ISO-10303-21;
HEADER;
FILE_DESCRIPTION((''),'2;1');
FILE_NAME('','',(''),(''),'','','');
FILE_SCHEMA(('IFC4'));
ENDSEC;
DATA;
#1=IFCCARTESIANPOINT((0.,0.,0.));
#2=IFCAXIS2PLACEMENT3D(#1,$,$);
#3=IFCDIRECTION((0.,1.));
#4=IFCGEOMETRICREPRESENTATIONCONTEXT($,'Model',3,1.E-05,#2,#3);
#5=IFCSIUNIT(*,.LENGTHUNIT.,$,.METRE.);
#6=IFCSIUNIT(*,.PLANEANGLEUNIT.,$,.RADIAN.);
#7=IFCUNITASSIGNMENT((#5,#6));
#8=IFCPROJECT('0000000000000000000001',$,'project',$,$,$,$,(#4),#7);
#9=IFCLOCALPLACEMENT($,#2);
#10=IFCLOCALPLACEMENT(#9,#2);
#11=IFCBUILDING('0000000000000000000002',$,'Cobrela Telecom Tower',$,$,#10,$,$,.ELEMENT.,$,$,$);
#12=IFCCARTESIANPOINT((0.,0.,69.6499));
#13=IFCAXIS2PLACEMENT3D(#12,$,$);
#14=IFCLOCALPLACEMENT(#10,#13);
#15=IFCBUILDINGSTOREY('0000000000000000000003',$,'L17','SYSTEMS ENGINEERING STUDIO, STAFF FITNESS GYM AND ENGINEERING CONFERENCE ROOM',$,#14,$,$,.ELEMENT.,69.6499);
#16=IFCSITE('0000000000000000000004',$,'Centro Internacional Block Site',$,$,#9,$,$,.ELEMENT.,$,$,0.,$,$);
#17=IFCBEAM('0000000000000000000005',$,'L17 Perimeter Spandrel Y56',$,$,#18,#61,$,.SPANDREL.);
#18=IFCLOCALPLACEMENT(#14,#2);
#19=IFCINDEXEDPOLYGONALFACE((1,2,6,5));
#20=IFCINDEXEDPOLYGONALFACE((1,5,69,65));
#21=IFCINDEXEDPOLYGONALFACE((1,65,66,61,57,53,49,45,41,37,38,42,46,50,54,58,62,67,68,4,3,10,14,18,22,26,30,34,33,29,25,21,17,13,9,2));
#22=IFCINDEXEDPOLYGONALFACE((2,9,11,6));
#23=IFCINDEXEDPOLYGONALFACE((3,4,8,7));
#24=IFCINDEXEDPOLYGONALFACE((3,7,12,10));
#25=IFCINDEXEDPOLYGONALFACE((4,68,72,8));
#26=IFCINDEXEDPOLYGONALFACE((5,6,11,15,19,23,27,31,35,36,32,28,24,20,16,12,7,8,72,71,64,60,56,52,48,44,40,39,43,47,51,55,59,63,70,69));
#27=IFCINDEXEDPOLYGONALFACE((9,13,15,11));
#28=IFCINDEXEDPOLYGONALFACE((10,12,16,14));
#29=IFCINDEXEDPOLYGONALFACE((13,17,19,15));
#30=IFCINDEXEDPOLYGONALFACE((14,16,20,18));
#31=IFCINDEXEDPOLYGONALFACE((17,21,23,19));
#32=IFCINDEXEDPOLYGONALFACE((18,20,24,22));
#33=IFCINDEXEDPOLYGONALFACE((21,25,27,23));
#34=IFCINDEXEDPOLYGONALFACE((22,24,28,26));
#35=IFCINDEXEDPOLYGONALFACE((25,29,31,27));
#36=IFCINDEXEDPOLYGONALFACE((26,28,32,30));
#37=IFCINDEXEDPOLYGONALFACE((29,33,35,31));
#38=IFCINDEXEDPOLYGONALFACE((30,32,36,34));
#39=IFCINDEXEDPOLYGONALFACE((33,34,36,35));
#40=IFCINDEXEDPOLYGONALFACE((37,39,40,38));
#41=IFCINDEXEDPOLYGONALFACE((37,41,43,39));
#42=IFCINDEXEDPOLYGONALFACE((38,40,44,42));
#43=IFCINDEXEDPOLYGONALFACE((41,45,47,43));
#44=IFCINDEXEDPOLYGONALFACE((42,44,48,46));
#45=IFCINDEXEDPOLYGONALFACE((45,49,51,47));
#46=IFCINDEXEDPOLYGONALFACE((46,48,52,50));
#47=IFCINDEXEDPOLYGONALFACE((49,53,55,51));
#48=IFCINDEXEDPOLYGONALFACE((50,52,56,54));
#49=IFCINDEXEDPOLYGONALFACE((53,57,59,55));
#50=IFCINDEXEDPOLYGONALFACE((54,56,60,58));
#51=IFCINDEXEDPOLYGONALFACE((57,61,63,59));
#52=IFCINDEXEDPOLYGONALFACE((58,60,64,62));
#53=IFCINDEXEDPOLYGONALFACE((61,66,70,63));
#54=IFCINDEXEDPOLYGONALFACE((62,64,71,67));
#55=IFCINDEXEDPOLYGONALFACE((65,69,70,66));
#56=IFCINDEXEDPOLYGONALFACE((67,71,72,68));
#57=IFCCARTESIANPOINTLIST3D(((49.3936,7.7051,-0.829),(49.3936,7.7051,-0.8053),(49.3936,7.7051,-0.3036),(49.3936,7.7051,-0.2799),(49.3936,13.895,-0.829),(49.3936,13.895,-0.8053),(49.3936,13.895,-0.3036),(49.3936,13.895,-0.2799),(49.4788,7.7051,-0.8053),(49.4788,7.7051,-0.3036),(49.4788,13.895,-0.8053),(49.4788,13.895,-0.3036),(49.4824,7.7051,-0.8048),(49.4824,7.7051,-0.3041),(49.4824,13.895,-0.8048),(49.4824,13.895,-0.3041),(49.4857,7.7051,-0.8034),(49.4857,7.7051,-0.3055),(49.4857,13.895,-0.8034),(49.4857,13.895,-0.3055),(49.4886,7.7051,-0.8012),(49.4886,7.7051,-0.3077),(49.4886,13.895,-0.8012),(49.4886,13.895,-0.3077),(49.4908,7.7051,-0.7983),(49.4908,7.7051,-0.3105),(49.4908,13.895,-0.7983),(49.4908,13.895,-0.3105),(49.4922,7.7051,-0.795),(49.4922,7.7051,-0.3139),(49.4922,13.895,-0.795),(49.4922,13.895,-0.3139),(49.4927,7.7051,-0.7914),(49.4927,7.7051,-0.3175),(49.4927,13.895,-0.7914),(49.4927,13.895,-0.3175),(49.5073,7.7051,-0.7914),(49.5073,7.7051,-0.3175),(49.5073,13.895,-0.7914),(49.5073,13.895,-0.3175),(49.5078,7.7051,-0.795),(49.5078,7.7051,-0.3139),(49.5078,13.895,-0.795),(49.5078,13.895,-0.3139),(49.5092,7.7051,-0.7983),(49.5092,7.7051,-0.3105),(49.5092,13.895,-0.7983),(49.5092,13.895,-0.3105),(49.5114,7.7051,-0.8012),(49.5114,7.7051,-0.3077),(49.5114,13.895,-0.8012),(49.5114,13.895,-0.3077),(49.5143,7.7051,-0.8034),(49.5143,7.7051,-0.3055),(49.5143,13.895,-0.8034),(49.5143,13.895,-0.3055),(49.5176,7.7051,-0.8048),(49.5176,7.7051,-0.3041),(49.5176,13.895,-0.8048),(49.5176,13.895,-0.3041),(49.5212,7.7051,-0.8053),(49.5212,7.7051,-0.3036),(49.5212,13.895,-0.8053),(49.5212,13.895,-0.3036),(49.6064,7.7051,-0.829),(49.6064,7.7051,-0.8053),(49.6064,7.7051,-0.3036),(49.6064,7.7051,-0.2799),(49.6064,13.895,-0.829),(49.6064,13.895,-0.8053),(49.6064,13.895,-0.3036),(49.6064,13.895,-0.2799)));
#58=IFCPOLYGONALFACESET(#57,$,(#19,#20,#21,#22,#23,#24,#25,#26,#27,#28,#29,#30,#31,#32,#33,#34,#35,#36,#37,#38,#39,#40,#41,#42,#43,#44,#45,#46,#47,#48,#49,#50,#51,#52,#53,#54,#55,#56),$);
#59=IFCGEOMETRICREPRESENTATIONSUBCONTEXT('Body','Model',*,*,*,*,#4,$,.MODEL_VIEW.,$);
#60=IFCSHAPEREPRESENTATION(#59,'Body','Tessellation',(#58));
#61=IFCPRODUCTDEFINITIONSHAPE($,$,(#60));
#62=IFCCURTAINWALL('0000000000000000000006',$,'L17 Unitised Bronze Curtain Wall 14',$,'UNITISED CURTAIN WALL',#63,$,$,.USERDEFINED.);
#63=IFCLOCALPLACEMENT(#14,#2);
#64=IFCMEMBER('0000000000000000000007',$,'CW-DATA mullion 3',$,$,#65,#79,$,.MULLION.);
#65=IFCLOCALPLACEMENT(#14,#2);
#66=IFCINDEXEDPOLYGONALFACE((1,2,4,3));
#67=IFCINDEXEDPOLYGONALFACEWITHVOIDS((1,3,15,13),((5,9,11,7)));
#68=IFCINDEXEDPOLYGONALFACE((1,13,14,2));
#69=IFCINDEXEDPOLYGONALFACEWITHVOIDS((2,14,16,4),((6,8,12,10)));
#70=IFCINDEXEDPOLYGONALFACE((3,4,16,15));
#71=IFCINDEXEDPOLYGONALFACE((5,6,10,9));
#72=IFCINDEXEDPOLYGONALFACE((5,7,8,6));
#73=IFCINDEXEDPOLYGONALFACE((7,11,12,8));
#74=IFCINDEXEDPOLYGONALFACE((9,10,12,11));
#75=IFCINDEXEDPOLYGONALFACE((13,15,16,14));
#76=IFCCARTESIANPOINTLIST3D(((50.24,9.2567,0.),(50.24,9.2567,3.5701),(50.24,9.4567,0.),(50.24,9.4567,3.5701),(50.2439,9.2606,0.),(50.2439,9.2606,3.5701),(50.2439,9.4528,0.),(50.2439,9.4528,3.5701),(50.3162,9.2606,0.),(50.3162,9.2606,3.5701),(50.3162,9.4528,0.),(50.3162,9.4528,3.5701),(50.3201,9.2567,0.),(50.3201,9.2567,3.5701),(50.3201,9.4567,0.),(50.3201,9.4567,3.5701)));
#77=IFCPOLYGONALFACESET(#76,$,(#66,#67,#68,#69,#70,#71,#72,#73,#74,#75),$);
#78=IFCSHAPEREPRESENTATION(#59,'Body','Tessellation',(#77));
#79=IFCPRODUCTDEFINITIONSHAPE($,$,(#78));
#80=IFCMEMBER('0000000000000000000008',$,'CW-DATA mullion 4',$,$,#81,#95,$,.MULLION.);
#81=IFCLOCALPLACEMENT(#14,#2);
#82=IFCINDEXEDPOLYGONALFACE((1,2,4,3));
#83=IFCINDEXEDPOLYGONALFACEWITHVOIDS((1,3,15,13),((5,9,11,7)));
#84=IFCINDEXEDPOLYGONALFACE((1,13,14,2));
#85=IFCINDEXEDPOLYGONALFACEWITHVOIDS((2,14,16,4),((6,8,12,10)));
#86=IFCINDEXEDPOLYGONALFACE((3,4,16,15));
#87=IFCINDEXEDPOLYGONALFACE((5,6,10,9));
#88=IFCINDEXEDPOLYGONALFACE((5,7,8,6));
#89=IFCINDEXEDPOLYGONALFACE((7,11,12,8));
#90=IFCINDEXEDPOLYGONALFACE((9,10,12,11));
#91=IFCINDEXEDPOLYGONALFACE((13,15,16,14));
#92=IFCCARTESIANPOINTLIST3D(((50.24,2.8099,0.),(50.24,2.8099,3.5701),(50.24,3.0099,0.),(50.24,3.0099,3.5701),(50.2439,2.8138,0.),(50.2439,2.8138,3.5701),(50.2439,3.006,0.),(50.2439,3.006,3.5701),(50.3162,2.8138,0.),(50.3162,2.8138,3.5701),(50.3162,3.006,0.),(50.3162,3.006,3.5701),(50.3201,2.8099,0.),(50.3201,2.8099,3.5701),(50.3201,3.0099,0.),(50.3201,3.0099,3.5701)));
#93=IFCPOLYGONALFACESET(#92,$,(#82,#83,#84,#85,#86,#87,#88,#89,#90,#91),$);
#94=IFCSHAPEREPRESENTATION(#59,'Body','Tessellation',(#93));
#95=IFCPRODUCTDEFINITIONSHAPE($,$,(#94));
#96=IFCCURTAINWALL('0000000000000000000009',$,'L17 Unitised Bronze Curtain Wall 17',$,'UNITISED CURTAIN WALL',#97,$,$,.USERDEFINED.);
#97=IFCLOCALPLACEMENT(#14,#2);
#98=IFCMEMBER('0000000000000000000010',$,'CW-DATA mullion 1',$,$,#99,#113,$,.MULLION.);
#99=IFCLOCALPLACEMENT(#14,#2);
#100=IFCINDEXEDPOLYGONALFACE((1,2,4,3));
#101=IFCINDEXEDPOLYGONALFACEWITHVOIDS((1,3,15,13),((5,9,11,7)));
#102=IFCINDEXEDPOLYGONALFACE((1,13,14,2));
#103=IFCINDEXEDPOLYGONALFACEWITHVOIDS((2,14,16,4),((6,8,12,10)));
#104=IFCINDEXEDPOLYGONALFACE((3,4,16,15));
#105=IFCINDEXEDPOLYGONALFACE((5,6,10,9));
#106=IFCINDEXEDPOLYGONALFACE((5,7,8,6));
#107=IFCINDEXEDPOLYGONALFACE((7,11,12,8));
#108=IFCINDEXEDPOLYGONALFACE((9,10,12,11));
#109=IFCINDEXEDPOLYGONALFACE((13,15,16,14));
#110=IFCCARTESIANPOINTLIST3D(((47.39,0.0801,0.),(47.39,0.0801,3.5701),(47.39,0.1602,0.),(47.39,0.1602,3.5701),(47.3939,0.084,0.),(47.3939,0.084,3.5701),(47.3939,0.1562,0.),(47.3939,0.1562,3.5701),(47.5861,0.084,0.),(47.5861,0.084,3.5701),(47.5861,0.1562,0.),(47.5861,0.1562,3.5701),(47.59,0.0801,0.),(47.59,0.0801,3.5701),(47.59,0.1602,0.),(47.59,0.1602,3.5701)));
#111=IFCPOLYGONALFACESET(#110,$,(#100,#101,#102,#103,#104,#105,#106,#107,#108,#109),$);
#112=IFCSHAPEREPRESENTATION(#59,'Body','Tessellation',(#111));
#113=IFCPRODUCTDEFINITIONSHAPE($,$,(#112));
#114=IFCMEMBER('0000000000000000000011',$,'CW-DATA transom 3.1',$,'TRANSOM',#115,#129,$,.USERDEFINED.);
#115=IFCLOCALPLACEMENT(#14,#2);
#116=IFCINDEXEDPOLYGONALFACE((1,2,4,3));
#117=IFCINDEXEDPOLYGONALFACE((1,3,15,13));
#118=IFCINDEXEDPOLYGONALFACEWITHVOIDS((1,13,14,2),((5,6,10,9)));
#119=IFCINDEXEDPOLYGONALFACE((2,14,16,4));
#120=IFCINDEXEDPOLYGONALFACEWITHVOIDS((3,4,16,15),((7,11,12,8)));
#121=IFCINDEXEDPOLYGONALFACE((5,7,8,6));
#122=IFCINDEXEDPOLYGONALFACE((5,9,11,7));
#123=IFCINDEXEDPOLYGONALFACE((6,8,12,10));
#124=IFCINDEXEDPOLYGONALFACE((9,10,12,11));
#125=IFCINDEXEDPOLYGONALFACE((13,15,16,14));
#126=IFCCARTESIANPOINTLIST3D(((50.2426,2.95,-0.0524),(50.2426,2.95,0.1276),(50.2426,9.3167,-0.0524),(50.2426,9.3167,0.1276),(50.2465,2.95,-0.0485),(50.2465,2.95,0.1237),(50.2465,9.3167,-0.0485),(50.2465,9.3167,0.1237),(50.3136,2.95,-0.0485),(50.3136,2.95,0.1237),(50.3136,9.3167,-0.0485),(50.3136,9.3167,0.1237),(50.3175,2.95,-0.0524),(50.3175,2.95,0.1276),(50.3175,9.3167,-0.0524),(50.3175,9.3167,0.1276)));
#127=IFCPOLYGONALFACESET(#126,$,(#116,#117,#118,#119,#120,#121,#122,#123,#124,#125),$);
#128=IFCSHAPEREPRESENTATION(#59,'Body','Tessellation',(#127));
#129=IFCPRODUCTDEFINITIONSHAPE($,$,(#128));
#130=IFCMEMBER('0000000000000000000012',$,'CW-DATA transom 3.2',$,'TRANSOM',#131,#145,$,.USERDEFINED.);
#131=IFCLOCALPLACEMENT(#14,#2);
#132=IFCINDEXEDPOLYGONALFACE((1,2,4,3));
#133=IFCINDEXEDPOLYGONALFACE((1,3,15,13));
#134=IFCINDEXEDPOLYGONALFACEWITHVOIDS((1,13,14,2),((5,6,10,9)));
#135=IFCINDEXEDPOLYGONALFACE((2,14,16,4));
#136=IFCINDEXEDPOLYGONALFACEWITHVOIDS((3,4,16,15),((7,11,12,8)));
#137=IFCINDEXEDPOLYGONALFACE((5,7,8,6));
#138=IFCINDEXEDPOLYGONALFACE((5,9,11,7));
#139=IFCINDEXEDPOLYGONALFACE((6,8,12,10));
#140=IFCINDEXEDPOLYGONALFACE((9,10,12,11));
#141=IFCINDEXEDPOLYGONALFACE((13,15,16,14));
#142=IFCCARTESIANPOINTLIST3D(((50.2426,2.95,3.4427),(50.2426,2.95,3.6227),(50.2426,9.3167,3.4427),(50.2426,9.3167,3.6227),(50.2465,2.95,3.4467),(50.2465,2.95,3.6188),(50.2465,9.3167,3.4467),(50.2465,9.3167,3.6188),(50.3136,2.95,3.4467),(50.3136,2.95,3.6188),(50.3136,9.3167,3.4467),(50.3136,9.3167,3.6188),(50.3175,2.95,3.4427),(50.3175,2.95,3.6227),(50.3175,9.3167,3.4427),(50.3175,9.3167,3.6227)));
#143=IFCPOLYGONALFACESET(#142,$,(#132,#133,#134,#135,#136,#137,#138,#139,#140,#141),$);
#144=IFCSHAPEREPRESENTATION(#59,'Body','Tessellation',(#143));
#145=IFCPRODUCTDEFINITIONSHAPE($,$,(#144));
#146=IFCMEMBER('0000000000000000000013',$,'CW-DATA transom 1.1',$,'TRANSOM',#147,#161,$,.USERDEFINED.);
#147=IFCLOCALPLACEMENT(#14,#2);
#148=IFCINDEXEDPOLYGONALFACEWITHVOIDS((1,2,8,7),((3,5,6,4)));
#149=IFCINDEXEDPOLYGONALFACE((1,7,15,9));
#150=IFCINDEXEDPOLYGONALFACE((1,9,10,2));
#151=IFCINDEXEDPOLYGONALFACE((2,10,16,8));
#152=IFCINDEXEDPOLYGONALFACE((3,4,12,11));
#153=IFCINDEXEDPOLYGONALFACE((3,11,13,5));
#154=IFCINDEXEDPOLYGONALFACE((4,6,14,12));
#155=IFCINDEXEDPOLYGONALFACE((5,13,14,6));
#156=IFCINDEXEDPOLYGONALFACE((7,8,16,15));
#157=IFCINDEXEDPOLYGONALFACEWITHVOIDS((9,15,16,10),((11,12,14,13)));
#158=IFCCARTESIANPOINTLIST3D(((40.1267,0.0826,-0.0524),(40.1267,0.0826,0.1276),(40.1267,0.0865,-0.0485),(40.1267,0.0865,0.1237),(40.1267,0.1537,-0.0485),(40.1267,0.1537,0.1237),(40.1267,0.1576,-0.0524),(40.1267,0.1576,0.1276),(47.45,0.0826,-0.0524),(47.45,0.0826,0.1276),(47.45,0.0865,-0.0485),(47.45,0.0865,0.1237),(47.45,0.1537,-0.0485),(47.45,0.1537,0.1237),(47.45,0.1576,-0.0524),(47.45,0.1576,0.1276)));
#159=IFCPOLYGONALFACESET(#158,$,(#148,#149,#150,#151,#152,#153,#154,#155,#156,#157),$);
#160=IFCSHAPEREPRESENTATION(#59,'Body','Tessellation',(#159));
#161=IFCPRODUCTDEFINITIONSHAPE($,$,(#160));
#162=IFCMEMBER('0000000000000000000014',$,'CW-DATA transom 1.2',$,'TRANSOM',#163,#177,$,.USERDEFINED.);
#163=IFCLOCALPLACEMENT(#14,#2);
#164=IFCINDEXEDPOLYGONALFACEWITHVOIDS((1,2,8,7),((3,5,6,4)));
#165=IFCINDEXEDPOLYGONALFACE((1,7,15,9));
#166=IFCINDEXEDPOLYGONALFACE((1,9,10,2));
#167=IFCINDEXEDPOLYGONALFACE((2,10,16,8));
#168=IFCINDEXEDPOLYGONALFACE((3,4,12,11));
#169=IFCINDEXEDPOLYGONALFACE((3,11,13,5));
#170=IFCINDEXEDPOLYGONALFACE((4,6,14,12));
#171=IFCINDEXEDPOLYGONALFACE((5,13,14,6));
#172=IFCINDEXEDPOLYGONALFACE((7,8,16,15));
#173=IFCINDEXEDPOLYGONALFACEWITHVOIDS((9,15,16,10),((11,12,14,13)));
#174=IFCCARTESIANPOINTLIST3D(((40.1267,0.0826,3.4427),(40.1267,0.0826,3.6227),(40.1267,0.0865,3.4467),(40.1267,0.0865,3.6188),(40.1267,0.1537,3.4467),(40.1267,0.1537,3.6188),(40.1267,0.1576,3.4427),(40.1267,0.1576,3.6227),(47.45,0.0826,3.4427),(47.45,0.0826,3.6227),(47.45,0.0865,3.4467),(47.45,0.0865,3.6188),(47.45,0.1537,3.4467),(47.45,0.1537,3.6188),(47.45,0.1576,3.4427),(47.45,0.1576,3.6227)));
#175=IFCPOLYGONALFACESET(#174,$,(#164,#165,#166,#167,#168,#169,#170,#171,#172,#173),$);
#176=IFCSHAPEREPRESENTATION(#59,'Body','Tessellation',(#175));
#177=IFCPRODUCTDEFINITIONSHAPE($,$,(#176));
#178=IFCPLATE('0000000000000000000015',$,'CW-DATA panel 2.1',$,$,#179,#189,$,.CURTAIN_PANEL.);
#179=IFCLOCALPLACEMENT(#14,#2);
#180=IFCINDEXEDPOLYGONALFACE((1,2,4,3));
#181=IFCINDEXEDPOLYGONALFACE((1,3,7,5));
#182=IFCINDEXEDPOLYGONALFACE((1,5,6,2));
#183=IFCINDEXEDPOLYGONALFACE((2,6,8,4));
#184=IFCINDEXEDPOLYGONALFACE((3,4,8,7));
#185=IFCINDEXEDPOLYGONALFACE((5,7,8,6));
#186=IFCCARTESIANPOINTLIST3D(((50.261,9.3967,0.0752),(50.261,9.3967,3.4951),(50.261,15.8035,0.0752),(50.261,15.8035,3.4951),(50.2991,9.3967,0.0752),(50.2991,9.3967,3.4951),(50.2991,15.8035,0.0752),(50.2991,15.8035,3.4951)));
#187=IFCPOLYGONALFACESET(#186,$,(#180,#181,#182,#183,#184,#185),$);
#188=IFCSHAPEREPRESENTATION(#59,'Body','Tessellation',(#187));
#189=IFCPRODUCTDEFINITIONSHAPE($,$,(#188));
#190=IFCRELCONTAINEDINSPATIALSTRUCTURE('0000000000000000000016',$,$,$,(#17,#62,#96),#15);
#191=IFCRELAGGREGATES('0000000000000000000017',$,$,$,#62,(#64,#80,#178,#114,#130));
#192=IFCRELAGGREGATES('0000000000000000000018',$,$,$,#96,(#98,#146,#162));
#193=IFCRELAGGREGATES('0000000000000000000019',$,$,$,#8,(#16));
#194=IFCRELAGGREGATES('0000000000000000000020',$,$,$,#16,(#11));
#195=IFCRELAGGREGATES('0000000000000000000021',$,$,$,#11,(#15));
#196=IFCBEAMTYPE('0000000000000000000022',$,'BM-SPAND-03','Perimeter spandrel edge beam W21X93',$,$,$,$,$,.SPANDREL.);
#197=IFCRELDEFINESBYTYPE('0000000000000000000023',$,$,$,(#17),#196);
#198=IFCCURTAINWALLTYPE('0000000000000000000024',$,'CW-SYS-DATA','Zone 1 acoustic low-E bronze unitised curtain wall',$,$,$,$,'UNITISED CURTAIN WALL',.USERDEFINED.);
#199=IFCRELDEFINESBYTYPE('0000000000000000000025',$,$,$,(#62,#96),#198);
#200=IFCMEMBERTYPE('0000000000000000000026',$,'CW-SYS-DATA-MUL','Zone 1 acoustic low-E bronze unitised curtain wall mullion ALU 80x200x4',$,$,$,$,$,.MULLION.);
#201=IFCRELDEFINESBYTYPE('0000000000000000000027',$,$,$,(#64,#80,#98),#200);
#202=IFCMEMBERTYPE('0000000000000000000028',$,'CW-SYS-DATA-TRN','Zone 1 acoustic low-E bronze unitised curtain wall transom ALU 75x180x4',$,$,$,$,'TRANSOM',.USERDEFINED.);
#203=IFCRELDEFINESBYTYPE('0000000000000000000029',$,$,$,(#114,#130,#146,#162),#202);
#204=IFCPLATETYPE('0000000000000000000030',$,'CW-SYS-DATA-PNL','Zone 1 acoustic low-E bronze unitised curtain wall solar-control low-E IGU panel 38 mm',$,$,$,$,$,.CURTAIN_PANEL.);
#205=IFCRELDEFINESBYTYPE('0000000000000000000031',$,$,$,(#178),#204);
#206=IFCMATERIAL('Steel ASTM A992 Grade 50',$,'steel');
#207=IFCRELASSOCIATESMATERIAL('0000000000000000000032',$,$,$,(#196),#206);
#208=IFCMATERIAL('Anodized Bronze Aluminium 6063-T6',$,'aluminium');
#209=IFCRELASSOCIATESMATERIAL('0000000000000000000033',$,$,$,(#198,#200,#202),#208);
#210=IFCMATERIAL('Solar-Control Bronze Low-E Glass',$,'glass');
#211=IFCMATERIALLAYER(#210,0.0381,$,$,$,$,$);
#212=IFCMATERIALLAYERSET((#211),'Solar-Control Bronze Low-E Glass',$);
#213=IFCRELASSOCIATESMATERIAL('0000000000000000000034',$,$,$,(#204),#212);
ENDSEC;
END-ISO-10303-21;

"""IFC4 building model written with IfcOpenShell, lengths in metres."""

from ifc_helpers import new_model, si_unit, direction, frame, origin, origin_2d, place, context, subcontext, project, spatial, rectangle, hollow_rectangle, i_section, extrude, material, layer, layer_set, material_profile, profile_set, type_object, element, aggregate, save


model = new_model("IFC4")

# Units and contexts
model_context = context("Model", 3, precision=1e-05, world=origin(), true_north=direction((0.0, 1.0)))
body_context = subcontext(model_context, "Body", "Model", "MODEL_VIEW")
ifc_project = project(units=[si_unit("LENGTHUNIT", "METRE"), si_unit("PLANEANGLEUNIT", "RADIAN")], contexts=[model_context])

# Site, building, storey
site_placement = place(None, origin())
site = spatial("IfcSite", under=ifc_project, at=site_placement, Name="Centro Internacional Block Site", CompositionType="ELEMENT", RefElevation=0.0)
building_placement = place(site_placement, origin())
building = spatial("IfcBuilding", under=site, at=building_placement, Name="Cobrela Telecom Tower", CompositionType="ELEMENT")
storey_placement = place(building_placement, frame((0.0, 0.0, 69.6499)))
storey = spatial("IfcBuildingStorey", under=building, at=storey_placement, Name="L17", Description="SYSTEMS ENGINEERING STUDIO, STAFF FITNESS GYM AND ENGINEERING CONFERENCE ROOM", CompositionType="ELEMENT", Elevation=69.6499)

# Shared definitions
ifc_material_1 = material(Name="Steel ASTM A992 Grade 50", Category="steel")

# Beam
ifc_material_profile_1 = material_profile(ifc_material_1, i_section(OverallWidth=0.2129, OverallDepth=0.5491, WebThickness=0.0146, FlangeThickness=0.0237, FilletRadius=0.0139, at=origin_2d()), Name="W21X93")
ifc_profile_set_1 = profile_set([ifc_material_profile_1], Name="Steel ASTM A992 Grade 50")
beam_type_1 = type_object("IfcBeamType", Name="BM-SPAND-03", Description="Perimeter spandrel edge beam W21X93", PredefinedType="SPANDREL", material=ifc_profile_set_1)
beam_1_placement = place(storey_placement, frame((49.5, 7.7051, -0.5544), z_axis=(0.0, 1.0, 0.0), x_axis=(-1.0, 0.0, 0.0)))
element("IfcBeam", 1, at=beam_1_placement, inside=storey, type_object=beam_type_1, Name="L17 Perimeter Spandrel Y56", PredefinedType="SPANDREL", context=body_context, shape_type="SweptSolid", body=[
    extrude(i_section(OverallWidth=0.2129, OverallDepth=0.5491, WebThickness=0.0146, FlangeThickness=0.0237, FilletRadius=0.0139, at=origin_2d()), origin(), (0.0, 0.0, 1.0), 6.1899),
])

# Curtain wall, members
ifc_material_2 = material(Name="Anodized Bronze Aluminium 6063-T6", Category="aluminium")
curtain_wall_type = type_object("IfcCurtainWallType", Name="CW-SYS-DATA", Description="Zone 1 acoustic low-E bronze unitised curtain wall", ElementType="UNITISED CURTAIN WALL", PredefinedType="USERDEFINED", material=ifc_material_2)
curtain_wall_1_placement = place(storey_placement, origin())
curtain_wall_1 = element("IfcCurtainWall", 2, at=curtain_wall_1_placement, inside=storey, type_object=curtain_wall_type, Name="L17 Unitised Bronze Curtain Wall 14", ObjectType="UNITISED CURTAIN WALL", PredefinedType="USERDEFINED")
ifc_material_profile_2 = material_profile(ifc_material_2, hollow_rectangle(XDim=0.0801, YDim=0.2, WallThickness=0.0039, at=origin_2d()), Name="ALU 80x200x4")
ifc_profile_set_2 = profile_set([ifc_material_profile_2], Name="Anodized Bronze Aluminium 6063-T6")
member_type_1 = type_object("IfcMemberType", Name="CW-SYS-DATA-MUL", Description="Zone 1 acoustic low-E bronze unitised curtain wall mullion ALU 80x200x4", PredefinedType="MULLION", material=ifc_profile_set_2)
member_1_placement = place(storey_placement, frame((50.28, 9.3567, 0.0), z_axis=(0.0, 0.0, 1.0), x_axis=(1.0, 0.0, 0.0)))
member_1 = element("IfcMember", 3, at=member_1_placement, type_object=member_type_1, Name="CW-DATA mullion 3", PredefinedType="MULLION", context=body_context, shape_type="SweptSolid", body=[
    extrude(hollow_rectangle(XDim=0.0801, YDim=0.2, WallThickness=0.0039, at=origin_2d()), origin(), (0.0, 0.0, 1.0), 3.5701),
])
member_2_placement = place(storey_placement, frame((50.28, 2.9099, 0.0), z_axis=(0.0, 0.0, 1.0), x_axis=(1.0, 0.0, 0.0)))
member_2 = element("IfcMember", 4, at=member_2_placement, type_object=member_type_1, Name="CW-DATA mullion 4", PredefinedType="MULLION", context=body_context, shape_type="SweptSolid", body=[
    extrude(hollow_rectangle(XDim=0.0801, YDim=0.2, WallThickness=0.0039, at=origin_2d()), origin(), (0.0, 0.0, 1.0), 3.5701),
])

# Curtain wall, member
curtain_wall_2_placement = place(storey_placement, origin())
curtain_wall_2 = element("IfcCurtainWall", 5, at=curtain_wall_2_placement, inside=storey, type_object=curtain_wall_type, Name="L17 Unitised Bronze Curtain Wall 17", ObjectType="UNITISED CURTAIN WALL", PredefinedType="USERDEFINED")
member_3_placement = place(storey_placement, frame((47.49, 0.1201, 0.0), z_axis=(0.0, 0.0, 1.0), x_axis=(0.0, -1.0, 0.0)))
member_3 = element("IfcMember", 6, at=member_3_placement, type_object=member_type_1, Name="CW-DATA mullion 1", PredefinedType="MULLION", context=body_context, shape_type="SweptSolid", body=[
    extrude(hollow_rectangle(XDim=0.0801, YDim=0.2, WallThickness=0.0039, at=origin_2d()), origin(), (0.0, 0.0, 1.0), 3.5701),
])

# Members
ifc_material_profile_3 = material_profile(ifc_material_2, hollow_rectangle(XDim=0.075, YDim=0.1799, WallThickness=0.0039, at=origin_2d()), Name="ALU 75x180x4")
ifc_profile_set_3 = profile_set([ifc_material_profile_3], Name="Anodized Bronze Aluminium 6063-T6")
member_type_2 = type_object("IfcMemberType", Name="CW-SYS-DATA-TRN", Description="Zone 1 acoustic low-E bronze unitised curtain wall transom ALU 75x180x4", ElementType="TRANSOM", PredefinedType="USERDEFINED", material=ifc_profile_set_3)
member_4_placement = place(storey_placement, frame((50.28, 9.3167, 0.0376), z_axis=(0.0, -1.0, 0.0), x_axis=(1.0, 0.0, 0.0)))
member_4 = element("IfcMember", 7, at=member_4_placement, type_object=member_type_2, Name="CW-DATA transom 3.1", ObjectType="TRANSOM", PredefinedType="USERDEFINED", context=body_context, shape_type="SweptSolid", body=[
    extrude(hollow_rectangle(XDim=0.075, YDim=0.1799, WallThickness=0.0039, at=origin_2d()), origin(), (0.0, 0.0, 1.0), 6.3667),
])
member_5_placement = place(storey_placement, frame((50.28, 9.3167, 3.5327), z_axis=(0.0, -1.0, 0.0), x_axis=(1.0, 0.0, 0.0)))
member_5 = element("IfcMember", 8, at=member_5_placement, type_object=member_type_2, Name="CW-DATA transom 3.2", ObjectType="TRANSOM", PredefinedType="USERDEFINED", context=body_context, shape_type="SweptSolid", body=[
    extrude(hollow_rectangle(XDim=0.075, YDim=0.1799, WallThickness=0.0039, at=origin_2d()), origin(), (0.0, 0.0, 1.0), 6.3667),
])
member_6_placement = place(storey_placement, frame((47.45, 0.1201, 0.0376), z_axis=(-1.0, 0.0, 0.0), x_axis=(0.0, -1.0, 0.0)))
member_6 = element("IfcMember", 9, at=member_6_placement, type_object=member_type_2, Name="CW-DATA transom 1.1", ObjectType="TRANSOM", PredefinedType="USERDEFINED", context=body_context, shape_type="SweptSolid", body=[
    extrude(hollow_rectangle(XDim=0.075, YDim=0.1799, WallThickness=0.0039, at=origin_2d()), origin(), (0.0, 0.0, 1.0), 7.3232),
])
member_7_placement = place(storey_placement, frame((47.45, 0.1201, 3.5327), z_axis=(-1.0, 0.0, 0.0), x_axis=(0.0, -1.0, 0.0)))
member_7 = element("IfcMember", 10, at=member_7_placement, type_object=member_type_2, Name="CW-DATA transom 1.2", ObjectType="TRANSOM", PredefinedType="USERDEFINED", context=body_context, shape_type="SweptSolid", body=[
    extrude(hollow_rectangle(XDim=0.075, YDim=0.1799, WallThickness=0.0039, at=origin_2d()), origin(), (0.0, 0.0, 1.0), 7.3232),
])

# Plate
ifc_material_3 = material(Name="Solar-Control Bronze Low-E Glass", Category="glass")
ifc_layer_1 = layer(ifc_material_3, 0.0381)
ifc_layer_set_1 = layer_set([ifc_layer_1], Name="Solar-Control Bronze Low-E Glass")
plate_type = type_object("IfcPlateType", Name="CW-SYS-DATA-PNL", Description="Zone 1 acoustic low-E bronze unitised curtain wall solar-control low-E IGU panel 38 mm", PredefinedType="CURTAIN_PANEL", material=ifc_layer_set_1)
plate_1_placement = place(storey_placement, frame((50.28, 12.6001, 0.0752), z_axis=(0.0, 0.0, 1.0), x_axis=(0.0, -1.0, 0.0)))
plate_1 = element("IfcPlate", 11, at=plate_1_placement, type_object=plate_type, Name="CW-DATA panel 2.1", PredefinedType="CURTAIN_PANEL", context=body_context, shape_type="SweptSolid", body=[
    extrude(rectangle(XDim=6.4067, YDim=0.0381, at=origin_2d()), origin(), (0.0, 0.0, 1.0), 3.4199),
])
aggregate(curtain_wall_1, [member_1, member_2, plate_1, member_4, member_5])
aggregate(curtain_wall_2, [member_3, member_6, member_7])

save(model, "model.ifc")
